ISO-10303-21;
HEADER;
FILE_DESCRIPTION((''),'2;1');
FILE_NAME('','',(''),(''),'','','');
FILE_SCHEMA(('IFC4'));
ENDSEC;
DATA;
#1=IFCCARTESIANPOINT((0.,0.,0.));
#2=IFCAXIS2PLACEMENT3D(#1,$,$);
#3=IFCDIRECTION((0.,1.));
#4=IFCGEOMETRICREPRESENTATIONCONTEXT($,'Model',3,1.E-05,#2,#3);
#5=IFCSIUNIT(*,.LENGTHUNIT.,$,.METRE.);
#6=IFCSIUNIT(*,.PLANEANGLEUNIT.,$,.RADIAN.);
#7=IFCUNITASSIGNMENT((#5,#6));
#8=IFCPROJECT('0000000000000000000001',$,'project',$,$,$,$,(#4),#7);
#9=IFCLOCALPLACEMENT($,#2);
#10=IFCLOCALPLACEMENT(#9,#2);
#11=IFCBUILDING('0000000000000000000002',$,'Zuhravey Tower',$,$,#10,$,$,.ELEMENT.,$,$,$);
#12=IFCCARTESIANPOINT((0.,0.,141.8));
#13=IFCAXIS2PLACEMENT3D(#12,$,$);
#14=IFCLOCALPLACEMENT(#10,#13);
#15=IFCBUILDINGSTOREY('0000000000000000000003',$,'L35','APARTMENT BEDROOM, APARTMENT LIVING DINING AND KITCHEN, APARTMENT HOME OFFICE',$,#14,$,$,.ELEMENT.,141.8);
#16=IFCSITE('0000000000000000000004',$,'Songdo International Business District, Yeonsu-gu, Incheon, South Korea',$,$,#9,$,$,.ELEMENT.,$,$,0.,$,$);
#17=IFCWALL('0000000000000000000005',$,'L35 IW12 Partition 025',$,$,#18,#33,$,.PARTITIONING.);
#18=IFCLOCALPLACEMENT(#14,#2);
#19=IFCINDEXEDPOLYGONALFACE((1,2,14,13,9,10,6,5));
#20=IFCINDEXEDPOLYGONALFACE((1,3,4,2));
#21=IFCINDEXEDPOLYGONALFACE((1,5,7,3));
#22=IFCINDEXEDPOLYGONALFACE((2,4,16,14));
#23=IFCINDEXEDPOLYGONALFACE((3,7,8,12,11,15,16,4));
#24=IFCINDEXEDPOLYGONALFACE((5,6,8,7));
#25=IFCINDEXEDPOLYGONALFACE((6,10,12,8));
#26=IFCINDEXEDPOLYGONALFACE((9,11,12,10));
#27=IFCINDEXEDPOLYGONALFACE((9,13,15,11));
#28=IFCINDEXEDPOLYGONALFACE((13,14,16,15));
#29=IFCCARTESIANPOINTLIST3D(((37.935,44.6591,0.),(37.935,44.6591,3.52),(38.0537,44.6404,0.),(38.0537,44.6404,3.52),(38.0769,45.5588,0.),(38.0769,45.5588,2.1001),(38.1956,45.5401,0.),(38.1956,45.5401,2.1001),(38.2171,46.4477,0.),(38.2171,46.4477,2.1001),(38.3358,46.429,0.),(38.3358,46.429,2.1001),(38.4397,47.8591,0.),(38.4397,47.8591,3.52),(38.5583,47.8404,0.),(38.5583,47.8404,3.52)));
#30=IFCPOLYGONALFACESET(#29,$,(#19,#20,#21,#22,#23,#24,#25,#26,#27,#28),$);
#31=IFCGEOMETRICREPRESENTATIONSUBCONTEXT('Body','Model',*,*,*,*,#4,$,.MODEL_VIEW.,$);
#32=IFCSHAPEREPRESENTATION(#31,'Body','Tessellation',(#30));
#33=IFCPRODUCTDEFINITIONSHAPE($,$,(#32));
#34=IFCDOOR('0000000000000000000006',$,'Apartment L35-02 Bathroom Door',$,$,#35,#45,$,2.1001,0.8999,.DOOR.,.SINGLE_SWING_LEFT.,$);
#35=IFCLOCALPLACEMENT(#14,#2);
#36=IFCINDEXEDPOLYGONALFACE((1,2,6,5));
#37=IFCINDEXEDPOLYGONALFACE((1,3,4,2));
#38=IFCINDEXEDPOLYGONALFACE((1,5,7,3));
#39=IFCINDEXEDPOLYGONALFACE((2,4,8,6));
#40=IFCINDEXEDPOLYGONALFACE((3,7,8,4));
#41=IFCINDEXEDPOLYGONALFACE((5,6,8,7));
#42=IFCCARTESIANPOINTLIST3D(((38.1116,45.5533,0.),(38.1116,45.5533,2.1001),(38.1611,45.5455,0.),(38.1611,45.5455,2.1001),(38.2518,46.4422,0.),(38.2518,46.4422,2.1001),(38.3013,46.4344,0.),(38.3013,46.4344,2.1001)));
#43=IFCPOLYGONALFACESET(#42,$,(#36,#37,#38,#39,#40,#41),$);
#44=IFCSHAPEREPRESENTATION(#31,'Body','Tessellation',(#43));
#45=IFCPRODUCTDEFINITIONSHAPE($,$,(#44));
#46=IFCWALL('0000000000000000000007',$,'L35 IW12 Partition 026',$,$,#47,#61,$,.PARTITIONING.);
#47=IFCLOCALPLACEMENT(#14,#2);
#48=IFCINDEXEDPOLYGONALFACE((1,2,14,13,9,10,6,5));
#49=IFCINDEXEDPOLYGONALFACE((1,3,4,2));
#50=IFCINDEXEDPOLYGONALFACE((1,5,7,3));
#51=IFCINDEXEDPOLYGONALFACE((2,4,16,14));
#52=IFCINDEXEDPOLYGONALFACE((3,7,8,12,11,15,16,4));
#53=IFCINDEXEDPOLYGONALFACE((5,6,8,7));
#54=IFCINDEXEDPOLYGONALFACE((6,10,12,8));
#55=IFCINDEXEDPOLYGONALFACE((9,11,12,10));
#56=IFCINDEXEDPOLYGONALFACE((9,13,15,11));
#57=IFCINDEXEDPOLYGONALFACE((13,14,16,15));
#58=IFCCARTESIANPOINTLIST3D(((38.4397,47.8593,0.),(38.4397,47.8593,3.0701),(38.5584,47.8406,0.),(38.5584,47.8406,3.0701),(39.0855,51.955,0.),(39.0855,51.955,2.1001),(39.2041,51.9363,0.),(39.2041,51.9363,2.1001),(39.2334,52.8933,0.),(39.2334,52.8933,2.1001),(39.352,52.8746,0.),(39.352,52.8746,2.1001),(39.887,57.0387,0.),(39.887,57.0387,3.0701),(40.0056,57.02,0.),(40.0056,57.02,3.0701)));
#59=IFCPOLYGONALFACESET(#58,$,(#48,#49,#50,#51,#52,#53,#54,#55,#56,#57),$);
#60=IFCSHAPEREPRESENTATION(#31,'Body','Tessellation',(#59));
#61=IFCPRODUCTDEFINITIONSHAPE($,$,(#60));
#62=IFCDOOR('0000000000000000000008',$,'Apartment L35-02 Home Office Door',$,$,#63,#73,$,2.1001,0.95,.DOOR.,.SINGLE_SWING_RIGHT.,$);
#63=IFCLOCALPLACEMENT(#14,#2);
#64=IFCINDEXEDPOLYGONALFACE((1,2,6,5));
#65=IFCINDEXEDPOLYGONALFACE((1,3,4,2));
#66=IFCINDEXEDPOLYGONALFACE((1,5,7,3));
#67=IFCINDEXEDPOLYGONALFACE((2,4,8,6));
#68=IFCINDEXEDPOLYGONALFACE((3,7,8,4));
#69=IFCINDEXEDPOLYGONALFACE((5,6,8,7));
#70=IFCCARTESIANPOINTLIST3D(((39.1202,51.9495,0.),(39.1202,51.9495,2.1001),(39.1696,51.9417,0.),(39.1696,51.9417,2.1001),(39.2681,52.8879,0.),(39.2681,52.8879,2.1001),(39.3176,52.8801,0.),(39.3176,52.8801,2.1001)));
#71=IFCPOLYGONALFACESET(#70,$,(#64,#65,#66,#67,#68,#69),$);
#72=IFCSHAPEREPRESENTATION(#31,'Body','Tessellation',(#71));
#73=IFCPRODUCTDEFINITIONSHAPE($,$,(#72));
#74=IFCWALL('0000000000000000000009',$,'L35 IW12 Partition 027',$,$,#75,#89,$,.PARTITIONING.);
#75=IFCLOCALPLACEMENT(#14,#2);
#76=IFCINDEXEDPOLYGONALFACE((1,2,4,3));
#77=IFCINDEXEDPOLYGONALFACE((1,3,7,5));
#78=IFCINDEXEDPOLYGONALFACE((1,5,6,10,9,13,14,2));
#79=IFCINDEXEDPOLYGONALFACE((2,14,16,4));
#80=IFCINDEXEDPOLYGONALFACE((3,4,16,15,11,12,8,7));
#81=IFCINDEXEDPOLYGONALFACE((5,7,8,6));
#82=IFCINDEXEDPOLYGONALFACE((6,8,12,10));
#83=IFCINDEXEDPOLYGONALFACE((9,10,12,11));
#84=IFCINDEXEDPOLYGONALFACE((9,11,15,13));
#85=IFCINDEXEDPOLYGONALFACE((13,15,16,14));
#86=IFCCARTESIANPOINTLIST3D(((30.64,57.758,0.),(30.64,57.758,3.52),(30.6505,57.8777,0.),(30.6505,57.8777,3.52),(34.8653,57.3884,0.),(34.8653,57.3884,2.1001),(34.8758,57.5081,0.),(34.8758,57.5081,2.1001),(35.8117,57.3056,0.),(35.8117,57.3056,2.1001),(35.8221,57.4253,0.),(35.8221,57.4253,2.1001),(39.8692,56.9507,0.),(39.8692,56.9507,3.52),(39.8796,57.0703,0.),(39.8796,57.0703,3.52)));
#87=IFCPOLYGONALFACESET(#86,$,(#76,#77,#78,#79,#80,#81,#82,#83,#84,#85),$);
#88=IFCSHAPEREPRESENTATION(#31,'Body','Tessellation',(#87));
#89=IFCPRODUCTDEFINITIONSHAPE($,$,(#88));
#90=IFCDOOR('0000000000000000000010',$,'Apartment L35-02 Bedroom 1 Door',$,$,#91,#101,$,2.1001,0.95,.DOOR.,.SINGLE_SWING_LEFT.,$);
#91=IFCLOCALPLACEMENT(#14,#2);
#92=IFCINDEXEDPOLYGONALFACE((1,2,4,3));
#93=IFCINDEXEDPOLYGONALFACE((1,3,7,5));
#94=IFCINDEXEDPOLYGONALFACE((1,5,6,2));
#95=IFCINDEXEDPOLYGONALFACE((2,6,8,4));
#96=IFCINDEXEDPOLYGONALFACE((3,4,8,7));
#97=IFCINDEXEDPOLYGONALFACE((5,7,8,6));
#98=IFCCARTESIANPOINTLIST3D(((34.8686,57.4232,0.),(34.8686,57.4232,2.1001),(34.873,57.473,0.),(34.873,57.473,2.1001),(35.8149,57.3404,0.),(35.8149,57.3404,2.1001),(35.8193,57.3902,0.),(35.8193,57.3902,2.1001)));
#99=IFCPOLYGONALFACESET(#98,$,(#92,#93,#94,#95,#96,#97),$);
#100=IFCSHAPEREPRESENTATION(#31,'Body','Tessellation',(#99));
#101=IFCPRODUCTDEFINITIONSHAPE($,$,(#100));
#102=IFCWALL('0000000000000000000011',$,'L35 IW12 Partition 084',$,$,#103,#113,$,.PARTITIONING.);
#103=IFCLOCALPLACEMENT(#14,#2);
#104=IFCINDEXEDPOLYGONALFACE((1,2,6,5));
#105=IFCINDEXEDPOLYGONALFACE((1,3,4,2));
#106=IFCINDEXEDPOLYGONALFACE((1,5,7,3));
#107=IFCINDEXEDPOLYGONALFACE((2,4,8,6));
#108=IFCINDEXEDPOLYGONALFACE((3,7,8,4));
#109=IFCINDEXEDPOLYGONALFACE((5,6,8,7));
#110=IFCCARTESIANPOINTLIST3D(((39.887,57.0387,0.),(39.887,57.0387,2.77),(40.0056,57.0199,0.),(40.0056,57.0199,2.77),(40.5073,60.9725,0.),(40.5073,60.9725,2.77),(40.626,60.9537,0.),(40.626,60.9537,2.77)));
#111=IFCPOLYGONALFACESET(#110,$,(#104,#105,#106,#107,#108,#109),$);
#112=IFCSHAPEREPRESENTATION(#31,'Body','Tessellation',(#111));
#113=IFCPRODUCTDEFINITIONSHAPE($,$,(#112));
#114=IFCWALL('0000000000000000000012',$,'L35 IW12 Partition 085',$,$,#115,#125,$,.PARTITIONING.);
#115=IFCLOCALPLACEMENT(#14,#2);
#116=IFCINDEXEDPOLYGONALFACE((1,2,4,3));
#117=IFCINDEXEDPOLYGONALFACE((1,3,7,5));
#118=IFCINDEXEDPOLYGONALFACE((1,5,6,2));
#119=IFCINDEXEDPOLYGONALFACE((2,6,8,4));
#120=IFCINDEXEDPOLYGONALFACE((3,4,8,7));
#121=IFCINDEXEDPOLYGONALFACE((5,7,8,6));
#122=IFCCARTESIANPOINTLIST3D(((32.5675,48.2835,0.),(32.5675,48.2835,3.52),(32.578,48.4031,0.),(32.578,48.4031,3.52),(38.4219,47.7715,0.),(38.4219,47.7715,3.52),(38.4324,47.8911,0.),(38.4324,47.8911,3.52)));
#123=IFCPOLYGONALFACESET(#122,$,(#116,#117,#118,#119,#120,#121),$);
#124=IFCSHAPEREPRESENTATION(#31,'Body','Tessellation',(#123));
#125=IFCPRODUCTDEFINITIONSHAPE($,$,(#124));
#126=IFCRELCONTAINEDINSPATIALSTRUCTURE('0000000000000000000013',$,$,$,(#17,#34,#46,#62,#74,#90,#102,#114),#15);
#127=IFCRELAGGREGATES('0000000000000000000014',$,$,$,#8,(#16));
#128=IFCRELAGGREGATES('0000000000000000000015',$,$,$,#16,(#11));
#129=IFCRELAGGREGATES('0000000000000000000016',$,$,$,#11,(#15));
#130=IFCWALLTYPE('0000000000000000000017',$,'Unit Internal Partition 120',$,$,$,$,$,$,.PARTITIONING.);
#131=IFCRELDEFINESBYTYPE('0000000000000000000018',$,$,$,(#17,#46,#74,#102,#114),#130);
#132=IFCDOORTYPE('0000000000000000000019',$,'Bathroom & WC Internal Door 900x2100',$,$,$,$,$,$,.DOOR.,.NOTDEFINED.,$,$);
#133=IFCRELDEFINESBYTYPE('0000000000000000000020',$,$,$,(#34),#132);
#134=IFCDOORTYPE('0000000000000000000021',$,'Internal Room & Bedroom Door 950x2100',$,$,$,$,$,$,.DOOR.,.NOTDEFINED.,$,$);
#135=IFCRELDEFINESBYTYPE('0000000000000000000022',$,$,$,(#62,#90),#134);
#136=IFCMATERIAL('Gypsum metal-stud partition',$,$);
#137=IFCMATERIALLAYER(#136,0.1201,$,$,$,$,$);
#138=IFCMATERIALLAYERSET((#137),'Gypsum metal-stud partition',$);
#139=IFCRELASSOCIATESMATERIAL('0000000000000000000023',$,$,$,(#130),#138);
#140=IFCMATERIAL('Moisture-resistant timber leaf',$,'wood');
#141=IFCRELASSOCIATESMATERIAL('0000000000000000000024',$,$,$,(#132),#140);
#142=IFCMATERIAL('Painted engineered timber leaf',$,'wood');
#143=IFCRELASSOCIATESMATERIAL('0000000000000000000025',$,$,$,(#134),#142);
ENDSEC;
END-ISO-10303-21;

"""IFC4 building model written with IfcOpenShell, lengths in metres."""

from ifc_helpers import new_model, si_unit, direction, frame, frame_2d, origin, place, context, subcontext, project, spatial, rectangle, extrude, material, layer, layer_set, type_object, element, fill, save


model = new_model("IFC4")

# Units and contexts
model_context = context("Model", 3, precision=1e-05, world=origin(), true_north=direction((0.0, 1.0)))
body_context = subcontext(model_context, "Body", "Model", "MODEL_VIEW")
ifc_project = project(units=[si_unit("LENGTHUNIT", "METRE"), si_unit("PLANEANGLEUNIT", "RADIAN")], contexts=[model_context])

# Site, building, storey
site_placement = place(None, origin())
site = spatial("IfcSite", under=ifc_project, at=site_placement, Name="Songdo International Business District, Yeonsu-gu, Incheon, South Korea", CompositionType="ELEMENT", RefElevation=0.0)
building_placement = place(site_placement, origin())
building = spatial("IfcBuilding", under=site, at=building_placement, Name="Zuhravey Tower", CompositionType="ELEMENT")
storey_placement = place(building_placement, frame((0.0, 0.0, 141.8)))
storey = spatial("IfcBuildingStorey", under=building, at=storey_placement, Name="L35", Description="APARTMENT BEDROOM, APARTMENT LIVING DINING AND KITCHEN, APARTMENT HOME OFFICE", CompositionType="ELEMENT", Elevation=141.8)

# Walls, openings, doors
ifc_material_1 = material(Name="Gypsum metal-stud partition")
ifc_layer_1 = layer(ifc_material_1, 0.1201)
ifc_layer_set_1 = layer_set([ifc_layer_1], Name="Gypsum metal-stud partition")
wall_type_1 = type_object("IfcWallType", Name="Unit Internal Partition 120", PredefinedType="PARTITIONING", material=ifc_layer_set_1)
ifc_material_2 = material(Name="Moisture-resistant timber leaf", Category="wood")
door_type_1 = type_object("IfcDoorType", Name="Bathroom & WC Internal Door 900x2100", OperationType="NOTDEFINED", PredefinedType="DOOR", material=ifc_material_2)
wall_1_placement = place(storey_placement, frame((37.9944, 44.6499, 0.0), z_axis=(0.0, 0.0, 1.0), x_axis=(0.155777, 0.987792, 0.0)))
wall_1 = element("IfcWall", 1, at=wall_1_placement, inside=storey, type_object=wall_type_1, Name="L35 IW12 Partition 025", PredefinedType="PARTITIONING", context=body_context, shape_type="SweptSolid", body=[
    extrude(rectangle(XDim=3.2395, YDim=0.1201, at=frame_2d((1.6196, 0.0))), origin(), (0.0, 0.0, 1.0), 3.52),
])
opening_1_placement = place(wall_1_placement, frame((0.9106, 0.0, 0.0)))
opening_1 = element("IfcOpeningElement", 2, at=opening_1_placement, cuts=wall_1, PredefinedType="OPENING", context=body_context, shape_type="SweptSolid", body=[
    extrude(rectangle(XDim=0.8999, YDim=2.1001, at=frame_2d((0.45, 1.05))), frame((0.0, 0.072, 0.0), z_axis=(0.0, -1.0, 0.0), x_axis=(1.0, 0.0, 0.0)), (0.0, 0.0, 1.0), 0.144),
])
door_1_placement = place(opening_1_placement, origin())
door_1 = element("IfcDoor", 3, at=door_1_placement, inside=storey, type_object=door_type_1, Name="Apartment L35-02 Bathroom Door", OperationType="SINGLE_SWING_LEFT", OverallHeight=2.1001, OverallWidth=0.8999, PredefinedType="DOOR", context=body_context, shape_type="SweptSolid", body=[
    extrude(rectangle(XDim=0.8999, YDim=2.1001, at=frame_2d((0.45, 1.05))), frame((0.0, 0.0249, 0.0), z_axis=(0.0, -1.0, 0.0), x_axis=(1.0, 0.0, 0.0)), (0.0, 0.0, 1.0), 0.05),
])
fill(opening_1, door_1)
wall_2_placement = place(storey_placement, frame((38.499, 47.8499, 0.0), z_axis=(0.0, 0.0, 1.0), x_axis=(0.15574, 0.987798, 0.0)))
wall_2 = element("IfcWall", 4, at=wall_2_placement, inside=storey, type_object=wall_type_1, Name="L35 IW12 Partition 026", PredefinedType="PARTITIONING", context=body_context, shape_type="SweptSolid", body=[
    extrude(rectangle(XDim=9.2927, YDim=0.1201, at=frame_2d((4.6465, 0.0))), origin(), (0.0, 0.0, 1.0), 3.0701),
])
opening_2_placement = place(wall_2_placement, frame((4.1462, 0.0, 0.0)))
opening_2 = element("IfcOpeningElement", 5, at=opening_2_placement, cuts=wall_2, PredefinedType="OPENING", context=body_context, shape_type="SweptSolid", body=[
    extrude(rectangle(XDim=0.95, YDim=2.1001, at=frame_2d((0.4751, 1.05))), frame((0.0, 0.072, 0.0), z_axis=(0.0, -1.0, 0.0), x_axis=(1.0, 0.0, 0.0)), (0.0, 0.0, 1.0), 0.144),
])
ifc_material_3 = material(Name="Painted engineered timber leaf", Category="wood")
door_type_2 = type_object("IfcDoorType", Name="Internal Room & Bedroom Door 950x2100", OperationType="NOTDEFINED", PredefinedType="DOOR", material=ifc_material_3)
door_2_placement = place(opening_2_placement, origin())
door_2 = element("IfcDoor", 6, at=door_2_placement, inside=storey, type_object=door_type_2, Name="Apartment L35-02 Home Office Door", OperationType="SINGLE_SWING_RIGHT", OverallHeight=2.1001, OverallWidth=0.95, PredefinedType="DOOR", context=body_context, shape_type="SweptSolid", body=[
    extrude(rectangle(XDim=0.95, YDim=2.1001, at=frame_2d((0.4751, 1.05))), frame((0.0, 0.0249, 0.0), z_axis=(0.0, -1.0, 0.0), x_axis=(1.0, 0.0, 0.0)), (0.0, 0.0, 1.0), 0.05),
])
fill(opening_2, door_2)
wall_3_placement = place(storey_placement, frame((39.8745, 57.0105, 0.0), z_axis=(0.0, 0.0, 1.0), x_axis=(-0.996195, 0.087147, 0.0)))
wall_3 = element("IfcWall", 7, at=wall_3_placement, inside=storey, type_object=wall_type_1, Name="L35 IW12 Partition 027", PredefinedType="PARTITIONING", context=body_context, shape_type="SweptSolid", body=[
    extrude(rectangle(XDim=9.2644, YDim=0.1201, at=frame_2d((4.6323, 0.0))), origin(), (0.0, 0.0, 1.0), 3.52),
])
opening_3_placement = place(wall_3_placement, frame((4.073, 0.0, 0.0)))
opening_3 = element("IfcOpeningElement", 8, at=opening_3_placement, cuts=wall_3, PredefinedType="OPENING", context=body_context, shape_type="SweptSolid", body=[
    extrude(rectangle(XDim=0.95, YDim=2.1001, at=frame_2d((0.4751, 1.05))), frame((0.0, 0.072, 0.0), z_axis=(0.0, -1.0, 0.0), x_axis=(1.0, 0.0, 0.0)), (0.0, 0.0, 1.0), 0.144),
])
door_3_placement = place(opening_3_placement, frame((0.95, 0.0, 0.0), z_axis=(0.0, 0.0, 1.0), x_axis=(-1.0, 0.0, 0.0)))
door_3 = element("IfcDoor", 9, at=door_3_placement, inside=storey, type_object=door_type_2, Name="Apartment L35-02 Bedroom 1 Door", OperationType="SINGLE_SWING_LEFT", OverallHeight=2.1001, OverallWidth=0.95, PredefinedType="DOOR", context=body_context, shape_type="SweptSolid", body=[
    extrude(rectangle(XDim=0.95, YDim=2.1001, at=frame_2d((0.4751, 1.05))), frame((0.0, 0.0249, 0.0), z_axis=(0.0, -1.0, 0.0), x_axis=(1.0, 0.0, 0.0)), (0.0, 0.0, 1.0), 0.05),
])
fill(opening_3, door_3)

# Walls
wall_4_placement = place(storey_placement, frame((39.9463, 57.0293, 0.0), z_axis=(0.0, 0.0, 1.0), x_axis=(0.155774, 0.987793, 0.0)))
element("IfcWall", 10, at=wall_4_placement, inside=storey, type_object=wall_type_1, Name="L35 IW12 Partition 084", PredefinedType="PARTITIONING", context=body_context, shape_type="SweptSolid", body=[
    extrude(rectangle(XDim=3.9824, YDim=0.1201, at=frame_2d((1.9912, 0.0))), origin(), (0.0, 0.0, 1.0), 2.77),
])
wall_5_placement = place(storey_placement, frame((38.4272, 47.8313, 0.0), z_axis=(0.0, 0.0, 1.0), x_axis=(-0.996198, 0.087119, 0.0)))
element("IfcWall", 11, at=wall_5_placement, inside=storey, type_object=wall_type_1, Name="L35 IW12 Partition 085", PredefinedType="PARTITIONING", context=body_context, shape_type="SweptSolid", body=[
    extrude(rectangle(XDim=5.8767, YDim=0.1201, at=frame_2d((2.9385, 0.0))), origin(), (0.0, 0.0, 1.0), 3.52),
])

save(model, "model.ifc")
